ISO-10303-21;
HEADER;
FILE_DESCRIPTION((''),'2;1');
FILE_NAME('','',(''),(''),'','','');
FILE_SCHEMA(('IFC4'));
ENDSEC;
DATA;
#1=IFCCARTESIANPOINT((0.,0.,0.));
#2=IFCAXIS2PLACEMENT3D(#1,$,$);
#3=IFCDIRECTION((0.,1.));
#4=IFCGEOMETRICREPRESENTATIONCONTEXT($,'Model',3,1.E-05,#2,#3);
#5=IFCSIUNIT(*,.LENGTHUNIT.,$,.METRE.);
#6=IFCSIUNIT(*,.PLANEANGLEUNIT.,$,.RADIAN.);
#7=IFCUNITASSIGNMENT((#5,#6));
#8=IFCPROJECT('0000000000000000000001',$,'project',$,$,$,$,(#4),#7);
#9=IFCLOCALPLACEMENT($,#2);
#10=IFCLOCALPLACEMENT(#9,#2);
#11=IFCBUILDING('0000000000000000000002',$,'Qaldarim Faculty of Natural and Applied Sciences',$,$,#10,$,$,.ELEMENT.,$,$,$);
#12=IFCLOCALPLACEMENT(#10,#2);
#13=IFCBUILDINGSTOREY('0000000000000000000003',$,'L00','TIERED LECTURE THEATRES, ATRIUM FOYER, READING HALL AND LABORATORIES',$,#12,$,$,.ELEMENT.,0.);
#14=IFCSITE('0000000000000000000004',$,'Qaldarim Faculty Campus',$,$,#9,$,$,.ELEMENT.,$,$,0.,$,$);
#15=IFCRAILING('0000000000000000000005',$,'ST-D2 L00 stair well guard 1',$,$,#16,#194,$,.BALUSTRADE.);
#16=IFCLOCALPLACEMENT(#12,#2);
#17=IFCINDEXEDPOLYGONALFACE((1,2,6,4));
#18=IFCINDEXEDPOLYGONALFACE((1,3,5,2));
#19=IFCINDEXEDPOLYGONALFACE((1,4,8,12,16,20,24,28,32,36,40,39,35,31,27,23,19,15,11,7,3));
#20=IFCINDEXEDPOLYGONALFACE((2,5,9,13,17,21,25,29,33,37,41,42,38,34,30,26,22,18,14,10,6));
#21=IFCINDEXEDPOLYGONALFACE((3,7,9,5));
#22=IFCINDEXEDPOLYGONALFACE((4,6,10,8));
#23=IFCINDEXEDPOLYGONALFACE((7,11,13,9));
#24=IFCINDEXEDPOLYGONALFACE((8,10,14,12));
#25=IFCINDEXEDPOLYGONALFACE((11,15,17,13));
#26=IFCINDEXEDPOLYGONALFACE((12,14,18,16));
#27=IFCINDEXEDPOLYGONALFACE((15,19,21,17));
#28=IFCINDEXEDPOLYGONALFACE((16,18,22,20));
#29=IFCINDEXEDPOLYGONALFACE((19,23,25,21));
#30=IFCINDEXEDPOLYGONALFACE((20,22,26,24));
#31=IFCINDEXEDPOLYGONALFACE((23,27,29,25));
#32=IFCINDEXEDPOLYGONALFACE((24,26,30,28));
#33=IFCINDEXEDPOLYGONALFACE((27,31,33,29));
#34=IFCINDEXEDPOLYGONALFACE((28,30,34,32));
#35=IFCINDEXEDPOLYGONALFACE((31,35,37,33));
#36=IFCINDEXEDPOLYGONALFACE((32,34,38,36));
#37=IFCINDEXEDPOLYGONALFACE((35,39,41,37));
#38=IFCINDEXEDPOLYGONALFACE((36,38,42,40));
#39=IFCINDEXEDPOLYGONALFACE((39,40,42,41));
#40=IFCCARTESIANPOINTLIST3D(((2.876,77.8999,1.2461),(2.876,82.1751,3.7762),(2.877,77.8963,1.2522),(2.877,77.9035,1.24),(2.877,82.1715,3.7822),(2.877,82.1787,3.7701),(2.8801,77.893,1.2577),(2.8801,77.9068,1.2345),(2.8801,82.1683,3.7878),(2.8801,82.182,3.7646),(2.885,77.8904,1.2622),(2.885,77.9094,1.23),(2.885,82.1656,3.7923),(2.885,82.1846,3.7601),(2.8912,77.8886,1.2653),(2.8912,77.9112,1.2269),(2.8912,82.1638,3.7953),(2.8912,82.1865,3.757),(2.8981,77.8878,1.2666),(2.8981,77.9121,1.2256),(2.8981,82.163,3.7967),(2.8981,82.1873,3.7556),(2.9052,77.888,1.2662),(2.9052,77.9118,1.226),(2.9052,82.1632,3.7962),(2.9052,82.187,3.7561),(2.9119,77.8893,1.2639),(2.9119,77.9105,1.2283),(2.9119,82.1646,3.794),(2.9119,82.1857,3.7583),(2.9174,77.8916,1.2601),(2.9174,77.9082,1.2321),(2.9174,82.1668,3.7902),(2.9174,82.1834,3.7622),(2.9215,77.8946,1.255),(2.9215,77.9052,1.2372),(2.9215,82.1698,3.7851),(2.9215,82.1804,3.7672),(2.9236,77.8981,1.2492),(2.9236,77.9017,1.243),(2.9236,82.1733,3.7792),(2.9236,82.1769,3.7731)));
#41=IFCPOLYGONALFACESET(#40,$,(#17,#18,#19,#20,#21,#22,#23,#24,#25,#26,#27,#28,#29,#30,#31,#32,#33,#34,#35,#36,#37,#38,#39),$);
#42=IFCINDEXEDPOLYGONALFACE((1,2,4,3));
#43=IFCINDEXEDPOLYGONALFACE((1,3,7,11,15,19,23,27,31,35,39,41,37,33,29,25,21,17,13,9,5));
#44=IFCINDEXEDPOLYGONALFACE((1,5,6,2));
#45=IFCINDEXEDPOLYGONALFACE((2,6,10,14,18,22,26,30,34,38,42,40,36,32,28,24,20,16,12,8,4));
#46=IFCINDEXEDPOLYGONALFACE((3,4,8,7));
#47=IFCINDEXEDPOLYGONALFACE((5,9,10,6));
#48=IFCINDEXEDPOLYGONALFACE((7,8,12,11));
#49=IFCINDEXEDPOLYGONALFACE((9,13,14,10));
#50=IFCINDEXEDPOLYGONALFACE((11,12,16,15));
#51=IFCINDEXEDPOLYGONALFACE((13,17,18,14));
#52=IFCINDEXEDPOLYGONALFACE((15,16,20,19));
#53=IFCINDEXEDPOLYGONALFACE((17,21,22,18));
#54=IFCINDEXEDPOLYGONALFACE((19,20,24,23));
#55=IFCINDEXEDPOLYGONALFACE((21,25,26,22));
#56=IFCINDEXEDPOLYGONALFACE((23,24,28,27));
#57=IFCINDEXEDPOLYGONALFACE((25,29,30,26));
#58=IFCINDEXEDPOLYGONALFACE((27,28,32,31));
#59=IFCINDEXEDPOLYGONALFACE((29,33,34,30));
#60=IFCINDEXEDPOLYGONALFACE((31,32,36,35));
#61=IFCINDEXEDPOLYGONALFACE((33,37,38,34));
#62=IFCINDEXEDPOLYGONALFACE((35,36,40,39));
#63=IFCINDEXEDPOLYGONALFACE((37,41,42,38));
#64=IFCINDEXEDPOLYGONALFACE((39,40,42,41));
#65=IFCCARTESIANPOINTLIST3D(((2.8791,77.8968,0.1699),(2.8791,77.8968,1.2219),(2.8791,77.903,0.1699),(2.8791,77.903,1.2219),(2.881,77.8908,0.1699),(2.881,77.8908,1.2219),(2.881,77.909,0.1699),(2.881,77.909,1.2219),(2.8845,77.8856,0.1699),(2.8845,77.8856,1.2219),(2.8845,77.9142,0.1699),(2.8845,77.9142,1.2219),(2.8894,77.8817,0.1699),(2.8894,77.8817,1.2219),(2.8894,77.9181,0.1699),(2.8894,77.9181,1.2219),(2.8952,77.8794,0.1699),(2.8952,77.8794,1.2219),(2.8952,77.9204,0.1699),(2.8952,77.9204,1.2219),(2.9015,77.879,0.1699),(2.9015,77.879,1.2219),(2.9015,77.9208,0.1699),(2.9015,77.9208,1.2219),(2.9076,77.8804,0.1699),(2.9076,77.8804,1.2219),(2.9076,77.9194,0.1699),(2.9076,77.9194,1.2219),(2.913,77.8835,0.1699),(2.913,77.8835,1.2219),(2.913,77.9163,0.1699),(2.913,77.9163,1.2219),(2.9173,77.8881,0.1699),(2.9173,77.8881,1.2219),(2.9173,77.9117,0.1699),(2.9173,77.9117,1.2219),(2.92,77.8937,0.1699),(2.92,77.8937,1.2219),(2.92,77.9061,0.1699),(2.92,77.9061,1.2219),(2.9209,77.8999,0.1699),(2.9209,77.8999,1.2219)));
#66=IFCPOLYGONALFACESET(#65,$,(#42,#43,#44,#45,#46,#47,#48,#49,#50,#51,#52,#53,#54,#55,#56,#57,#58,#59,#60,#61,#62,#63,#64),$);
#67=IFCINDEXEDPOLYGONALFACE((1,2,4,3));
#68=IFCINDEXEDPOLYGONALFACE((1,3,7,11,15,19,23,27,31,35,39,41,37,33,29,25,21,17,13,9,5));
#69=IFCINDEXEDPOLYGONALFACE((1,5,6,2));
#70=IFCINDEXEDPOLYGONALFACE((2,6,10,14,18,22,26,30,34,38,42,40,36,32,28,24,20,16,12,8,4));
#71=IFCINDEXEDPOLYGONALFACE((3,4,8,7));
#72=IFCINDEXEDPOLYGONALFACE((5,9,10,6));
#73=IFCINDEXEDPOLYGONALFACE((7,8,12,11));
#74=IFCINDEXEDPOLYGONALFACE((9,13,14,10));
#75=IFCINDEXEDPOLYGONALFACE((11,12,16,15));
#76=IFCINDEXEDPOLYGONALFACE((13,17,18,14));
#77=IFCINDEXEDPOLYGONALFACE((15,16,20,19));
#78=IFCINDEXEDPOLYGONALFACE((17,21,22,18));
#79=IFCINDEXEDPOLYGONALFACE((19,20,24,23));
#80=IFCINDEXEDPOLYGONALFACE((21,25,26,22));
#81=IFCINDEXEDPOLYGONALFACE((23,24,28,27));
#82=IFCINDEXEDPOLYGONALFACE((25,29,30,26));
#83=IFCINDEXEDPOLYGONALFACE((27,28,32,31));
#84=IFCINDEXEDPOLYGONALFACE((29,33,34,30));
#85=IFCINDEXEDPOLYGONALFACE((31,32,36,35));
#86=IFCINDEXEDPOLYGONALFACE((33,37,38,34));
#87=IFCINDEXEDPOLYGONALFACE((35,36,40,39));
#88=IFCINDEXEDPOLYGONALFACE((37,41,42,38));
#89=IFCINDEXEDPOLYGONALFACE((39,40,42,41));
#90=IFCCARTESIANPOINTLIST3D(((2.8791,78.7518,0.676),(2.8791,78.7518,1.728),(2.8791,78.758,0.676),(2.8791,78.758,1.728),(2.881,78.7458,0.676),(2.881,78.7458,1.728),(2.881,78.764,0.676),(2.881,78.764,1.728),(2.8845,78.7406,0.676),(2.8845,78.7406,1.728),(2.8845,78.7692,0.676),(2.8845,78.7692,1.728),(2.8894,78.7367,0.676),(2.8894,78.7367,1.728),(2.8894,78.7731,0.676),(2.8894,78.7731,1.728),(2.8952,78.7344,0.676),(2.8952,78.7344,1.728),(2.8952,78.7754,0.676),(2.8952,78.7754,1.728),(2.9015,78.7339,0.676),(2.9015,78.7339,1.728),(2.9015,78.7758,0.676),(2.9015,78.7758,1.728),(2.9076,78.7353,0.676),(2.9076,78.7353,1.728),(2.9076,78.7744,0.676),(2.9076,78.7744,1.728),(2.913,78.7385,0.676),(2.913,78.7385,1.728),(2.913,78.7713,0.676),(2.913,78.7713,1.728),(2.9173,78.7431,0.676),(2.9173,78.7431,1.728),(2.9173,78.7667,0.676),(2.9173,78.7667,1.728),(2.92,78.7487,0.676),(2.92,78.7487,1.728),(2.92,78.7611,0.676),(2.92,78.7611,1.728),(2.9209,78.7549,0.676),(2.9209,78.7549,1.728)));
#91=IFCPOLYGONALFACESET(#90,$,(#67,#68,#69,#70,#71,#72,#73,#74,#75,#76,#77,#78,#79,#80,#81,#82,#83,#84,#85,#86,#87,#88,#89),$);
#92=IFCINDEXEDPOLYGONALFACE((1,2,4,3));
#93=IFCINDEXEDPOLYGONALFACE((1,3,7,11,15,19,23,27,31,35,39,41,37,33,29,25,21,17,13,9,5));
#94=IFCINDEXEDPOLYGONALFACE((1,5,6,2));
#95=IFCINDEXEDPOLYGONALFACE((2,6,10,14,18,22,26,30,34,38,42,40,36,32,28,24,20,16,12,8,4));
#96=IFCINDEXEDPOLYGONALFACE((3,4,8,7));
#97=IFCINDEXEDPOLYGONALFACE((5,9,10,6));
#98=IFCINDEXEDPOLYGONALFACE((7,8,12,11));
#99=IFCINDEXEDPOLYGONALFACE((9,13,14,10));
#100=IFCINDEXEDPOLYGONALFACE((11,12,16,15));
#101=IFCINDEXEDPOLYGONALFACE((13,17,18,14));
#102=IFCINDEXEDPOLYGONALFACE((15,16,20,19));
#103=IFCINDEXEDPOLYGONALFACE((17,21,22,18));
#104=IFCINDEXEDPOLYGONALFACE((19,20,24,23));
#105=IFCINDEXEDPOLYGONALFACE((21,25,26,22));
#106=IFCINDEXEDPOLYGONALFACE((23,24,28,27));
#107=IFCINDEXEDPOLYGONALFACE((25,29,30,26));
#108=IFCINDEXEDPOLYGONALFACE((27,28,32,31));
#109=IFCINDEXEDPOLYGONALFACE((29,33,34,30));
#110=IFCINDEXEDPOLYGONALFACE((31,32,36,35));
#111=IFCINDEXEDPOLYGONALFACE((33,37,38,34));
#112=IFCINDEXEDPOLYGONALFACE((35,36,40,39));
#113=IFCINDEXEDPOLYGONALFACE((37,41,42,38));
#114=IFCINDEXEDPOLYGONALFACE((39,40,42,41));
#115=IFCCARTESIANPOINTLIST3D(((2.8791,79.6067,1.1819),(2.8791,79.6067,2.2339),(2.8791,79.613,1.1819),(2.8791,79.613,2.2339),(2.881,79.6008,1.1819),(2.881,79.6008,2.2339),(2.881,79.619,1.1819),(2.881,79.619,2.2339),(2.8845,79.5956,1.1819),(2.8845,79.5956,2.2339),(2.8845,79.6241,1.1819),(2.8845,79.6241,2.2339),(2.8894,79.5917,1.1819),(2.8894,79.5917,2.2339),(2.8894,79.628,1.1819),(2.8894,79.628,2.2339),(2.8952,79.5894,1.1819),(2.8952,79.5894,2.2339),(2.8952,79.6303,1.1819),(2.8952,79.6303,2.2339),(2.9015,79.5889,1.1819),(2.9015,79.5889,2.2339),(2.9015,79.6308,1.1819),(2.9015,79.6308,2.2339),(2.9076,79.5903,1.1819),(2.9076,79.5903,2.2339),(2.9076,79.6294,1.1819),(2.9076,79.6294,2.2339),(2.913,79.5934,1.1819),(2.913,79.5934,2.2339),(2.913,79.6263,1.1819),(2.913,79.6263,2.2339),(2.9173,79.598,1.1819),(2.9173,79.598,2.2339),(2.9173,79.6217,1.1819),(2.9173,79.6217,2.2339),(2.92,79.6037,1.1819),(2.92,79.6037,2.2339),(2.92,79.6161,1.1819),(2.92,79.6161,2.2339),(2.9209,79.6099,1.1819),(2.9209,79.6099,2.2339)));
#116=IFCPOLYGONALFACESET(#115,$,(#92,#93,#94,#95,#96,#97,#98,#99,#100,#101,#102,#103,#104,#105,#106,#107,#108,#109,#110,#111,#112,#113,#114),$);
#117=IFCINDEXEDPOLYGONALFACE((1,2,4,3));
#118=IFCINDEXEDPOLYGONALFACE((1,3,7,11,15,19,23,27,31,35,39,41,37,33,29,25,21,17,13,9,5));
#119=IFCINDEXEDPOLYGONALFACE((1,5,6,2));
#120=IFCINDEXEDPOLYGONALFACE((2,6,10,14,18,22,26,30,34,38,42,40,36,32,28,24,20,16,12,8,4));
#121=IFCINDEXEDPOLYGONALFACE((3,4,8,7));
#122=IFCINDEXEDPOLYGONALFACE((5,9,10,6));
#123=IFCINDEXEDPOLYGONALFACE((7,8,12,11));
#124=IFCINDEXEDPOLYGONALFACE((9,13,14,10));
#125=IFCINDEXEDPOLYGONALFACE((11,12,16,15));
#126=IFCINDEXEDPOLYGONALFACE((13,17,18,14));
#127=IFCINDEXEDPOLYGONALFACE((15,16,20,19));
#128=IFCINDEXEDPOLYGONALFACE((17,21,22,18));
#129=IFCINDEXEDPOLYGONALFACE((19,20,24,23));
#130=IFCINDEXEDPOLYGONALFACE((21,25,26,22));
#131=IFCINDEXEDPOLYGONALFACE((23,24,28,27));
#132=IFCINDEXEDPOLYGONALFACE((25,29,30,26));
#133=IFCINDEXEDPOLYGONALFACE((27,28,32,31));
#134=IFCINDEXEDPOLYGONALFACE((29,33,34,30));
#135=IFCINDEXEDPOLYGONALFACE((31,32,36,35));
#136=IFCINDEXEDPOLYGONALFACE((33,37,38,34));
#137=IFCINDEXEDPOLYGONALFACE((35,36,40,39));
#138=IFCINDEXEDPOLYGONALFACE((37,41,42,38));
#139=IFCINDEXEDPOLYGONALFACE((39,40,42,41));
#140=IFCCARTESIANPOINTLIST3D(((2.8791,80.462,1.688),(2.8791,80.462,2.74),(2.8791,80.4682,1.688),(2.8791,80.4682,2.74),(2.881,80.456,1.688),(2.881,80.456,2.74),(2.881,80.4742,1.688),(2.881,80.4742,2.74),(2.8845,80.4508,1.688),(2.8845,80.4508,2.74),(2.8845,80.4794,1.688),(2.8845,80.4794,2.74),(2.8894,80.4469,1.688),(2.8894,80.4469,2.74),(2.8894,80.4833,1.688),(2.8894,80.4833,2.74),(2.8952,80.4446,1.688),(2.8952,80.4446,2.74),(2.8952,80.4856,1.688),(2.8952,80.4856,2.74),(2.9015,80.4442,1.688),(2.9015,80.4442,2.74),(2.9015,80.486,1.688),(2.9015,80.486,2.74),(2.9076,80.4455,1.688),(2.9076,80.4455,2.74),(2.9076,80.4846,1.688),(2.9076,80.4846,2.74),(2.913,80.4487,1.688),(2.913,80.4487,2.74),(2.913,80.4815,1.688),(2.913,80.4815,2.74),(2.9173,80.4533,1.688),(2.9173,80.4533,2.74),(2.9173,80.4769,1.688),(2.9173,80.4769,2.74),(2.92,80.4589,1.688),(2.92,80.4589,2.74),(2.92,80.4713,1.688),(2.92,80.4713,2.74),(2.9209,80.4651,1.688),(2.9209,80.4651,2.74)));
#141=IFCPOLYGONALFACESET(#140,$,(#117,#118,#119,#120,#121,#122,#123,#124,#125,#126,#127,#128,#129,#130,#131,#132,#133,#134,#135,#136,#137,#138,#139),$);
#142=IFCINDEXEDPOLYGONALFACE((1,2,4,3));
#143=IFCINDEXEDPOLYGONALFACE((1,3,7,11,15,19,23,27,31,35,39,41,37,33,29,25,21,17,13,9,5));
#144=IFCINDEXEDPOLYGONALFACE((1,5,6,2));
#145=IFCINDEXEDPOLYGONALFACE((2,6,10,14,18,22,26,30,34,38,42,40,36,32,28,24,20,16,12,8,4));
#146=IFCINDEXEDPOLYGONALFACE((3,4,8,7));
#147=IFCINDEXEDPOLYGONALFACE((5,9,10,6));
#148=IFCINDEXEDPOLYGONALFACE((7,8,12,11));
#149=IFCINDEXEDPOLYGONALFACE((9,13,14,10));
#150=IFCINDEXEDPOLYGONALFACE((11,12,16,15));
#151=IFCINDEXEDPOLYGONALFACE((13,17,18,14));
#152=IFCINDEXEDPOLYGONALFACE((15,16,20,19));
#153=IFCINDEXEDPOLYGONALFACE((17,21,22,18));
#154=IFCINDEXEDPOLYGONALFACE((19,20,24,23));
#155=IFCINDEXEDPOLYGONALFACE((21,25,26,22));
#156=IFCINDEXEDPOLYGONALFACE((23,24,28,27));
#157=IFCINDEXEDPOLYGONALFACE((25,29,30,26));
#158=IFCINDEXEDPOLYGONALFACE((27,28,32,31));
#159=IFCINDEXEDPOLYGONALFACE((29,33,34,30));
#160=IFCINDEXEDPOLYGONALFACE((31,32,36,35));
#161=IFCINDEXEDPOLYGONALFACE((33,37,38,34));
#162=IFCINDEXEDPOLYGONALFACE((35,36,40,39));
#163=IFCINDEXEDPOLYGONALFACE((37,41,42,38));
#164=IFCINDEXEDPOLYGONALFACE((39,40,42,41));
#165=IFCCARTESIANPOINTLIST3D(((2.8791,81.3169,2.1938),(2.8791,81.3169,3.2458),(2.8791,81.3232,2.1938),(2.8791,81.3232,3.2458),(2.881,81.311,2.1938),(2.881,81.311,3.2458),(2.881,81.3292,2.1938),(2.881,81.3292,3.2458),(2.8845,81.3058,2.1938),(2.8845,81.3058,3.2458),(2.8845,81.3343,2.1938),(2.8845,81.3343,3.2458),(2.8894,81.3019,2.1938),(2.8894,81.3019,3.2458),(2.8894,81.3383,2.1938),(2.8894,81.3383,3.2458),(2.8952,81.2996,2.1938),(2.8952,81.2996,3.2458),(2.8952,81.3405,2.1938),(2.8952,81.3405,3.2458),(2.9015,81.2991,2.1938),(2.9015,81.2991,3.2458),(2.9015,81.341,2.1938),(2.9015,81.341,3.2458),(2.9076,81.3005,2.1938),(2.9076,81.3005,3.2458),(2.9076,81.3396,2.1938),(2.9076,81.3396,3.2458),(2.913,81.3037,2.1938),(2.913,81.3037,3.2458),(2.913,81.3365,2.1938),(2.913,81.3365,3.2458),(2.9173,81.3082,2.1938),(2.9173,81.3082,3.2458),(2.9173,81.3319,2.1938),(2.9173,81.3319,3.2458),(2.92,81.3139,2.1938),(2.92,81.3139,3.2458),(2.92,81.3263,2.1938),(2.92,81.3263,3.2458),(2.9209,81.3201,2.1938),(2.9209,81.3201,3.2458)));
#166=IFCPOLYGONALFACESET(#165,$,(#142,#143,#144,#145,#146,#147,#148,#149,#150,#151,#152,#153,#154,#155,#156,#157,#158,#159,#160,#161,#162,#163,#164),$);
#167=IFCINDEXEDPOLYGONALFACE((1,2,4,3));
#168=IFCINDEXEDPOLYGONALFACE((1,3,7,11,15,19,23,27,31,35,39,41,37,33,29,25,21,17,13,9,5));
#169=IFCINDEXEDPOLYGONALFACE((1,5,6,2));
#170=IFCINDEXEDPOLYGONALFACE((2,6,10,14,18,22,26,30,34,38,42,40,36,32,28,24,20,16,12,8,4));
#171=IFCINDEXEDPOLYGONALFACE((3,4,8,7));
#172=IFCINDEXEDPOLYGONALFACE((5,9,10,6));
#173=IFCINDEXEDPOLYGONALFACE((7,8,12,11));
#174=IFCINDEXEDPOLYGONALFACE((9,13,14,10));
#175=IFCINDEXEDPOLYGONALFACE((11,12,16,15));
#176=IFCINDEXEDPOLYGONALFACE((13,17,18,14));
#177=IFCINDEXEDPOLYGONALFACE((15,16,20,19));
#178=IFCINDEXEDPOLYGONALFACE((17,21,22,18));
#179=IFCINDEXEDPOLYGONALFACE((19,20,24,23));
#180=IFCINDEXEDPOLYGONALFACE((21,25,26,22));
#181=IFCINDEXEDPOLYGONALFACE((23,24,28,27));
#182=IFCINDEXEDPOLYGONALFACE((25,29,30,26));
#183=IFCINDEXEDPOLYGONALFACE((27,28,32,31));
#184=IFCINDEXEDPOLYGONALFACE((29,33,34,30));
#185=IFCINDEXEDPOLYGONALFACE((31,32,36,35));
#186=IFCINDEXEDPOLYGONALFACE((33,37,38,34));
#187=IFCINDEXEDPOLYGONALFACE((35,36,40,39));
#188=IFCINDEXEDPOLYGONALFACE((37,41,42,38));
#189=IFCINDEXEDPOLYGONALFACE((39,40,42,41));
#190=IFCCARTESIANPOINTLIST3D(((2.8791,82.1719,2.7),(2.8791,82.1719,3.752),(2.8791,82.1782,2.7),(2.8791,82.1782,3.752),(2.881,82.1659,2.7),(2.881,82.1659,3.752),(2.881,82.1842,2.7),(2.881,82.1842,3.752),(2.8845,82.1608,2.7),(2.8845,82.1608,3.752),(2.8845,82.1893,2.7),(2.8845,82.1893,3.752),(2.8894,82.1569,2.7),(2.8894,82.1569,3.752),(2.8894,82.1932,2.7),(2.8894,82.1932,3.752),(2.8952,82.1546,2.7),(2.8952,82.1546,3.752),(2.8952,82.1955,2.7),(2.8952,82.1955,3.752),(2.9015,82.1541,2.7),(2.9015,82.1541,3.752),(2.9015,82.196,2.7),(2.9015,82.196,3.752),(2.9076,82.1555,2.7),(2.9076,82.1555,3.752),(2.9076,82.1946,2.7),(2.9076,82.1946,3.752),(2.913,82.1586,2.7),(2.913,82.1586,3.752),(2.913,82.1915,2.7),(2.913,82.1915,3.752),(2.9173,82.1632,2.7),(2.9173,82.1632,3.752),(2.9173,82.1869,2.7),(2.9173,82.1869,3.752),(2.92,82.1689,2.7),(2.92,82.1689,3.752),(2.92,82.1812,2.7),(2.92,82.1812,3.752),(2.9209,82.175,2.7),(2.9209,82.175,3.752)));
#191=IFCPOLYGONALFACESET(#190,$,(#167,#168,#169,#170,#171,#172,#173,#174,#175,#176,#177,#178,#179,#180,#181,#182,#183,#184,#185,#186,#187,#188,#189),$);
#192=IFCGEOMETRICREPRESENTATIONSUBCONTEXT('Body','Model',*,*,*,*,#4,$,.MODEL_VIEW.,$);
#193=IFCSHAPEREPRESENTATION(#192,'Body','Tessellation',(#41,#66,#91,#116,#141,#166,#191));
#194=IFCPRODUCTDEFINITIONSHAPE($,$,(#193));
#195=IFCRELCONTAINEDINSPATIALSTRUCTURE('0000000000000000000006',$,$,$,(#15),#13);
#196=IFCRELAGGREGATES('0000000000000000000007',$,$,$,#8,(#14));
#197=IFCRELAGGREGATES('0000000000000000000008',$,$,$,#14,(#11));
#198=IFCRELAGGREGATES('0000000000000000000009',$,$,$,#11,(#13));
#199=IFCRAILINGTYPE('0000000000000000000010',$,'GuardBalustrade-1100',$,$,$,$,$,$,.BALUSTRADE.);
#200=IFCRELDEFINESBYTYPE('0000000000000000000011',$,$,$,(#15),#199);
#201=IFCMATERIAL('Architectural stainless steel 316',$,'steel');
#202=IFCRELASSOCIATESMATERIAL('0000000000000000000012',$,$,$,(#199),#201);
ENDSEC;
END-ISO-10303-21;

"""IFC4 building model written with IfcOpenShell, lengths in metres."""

from ifc_helpers import new_model, si_unit, direction, frame, origin, origin_2d, place, context, subcontext, project, spatial, circle, extrude, material, type_object, element, save


model = new_model("IFC4")

# Units and contexts
model_context = context("Model", 3, precision=1e-05, world=origin(), true_north=direction((0.0, 1.0)))
body_context = subcontext(model_context, "Body", "Model", "MODEL_VIEW")
ifc_project = project(units=[si_unit("LENGTHUNIT", "METRE"), si_unit("PLANEANGLEUNIT", "RADIAN")], contexts=[model_context])

# Site, building, storey
site_placement = place(None, origin())
site = spatial("IfcSite", under=ifc_project, at=site_placement, Name="Qaldarim Faculty Campus", CompositionType="ELEMENT", RefElevation=0.0)
building_placement = place(site_placement, origin())
building = spatial("IfcBuilding", under=site, at=building_placement, Name="Qaldarim Faculty of Natural and Applied Sciences", CompositionType="ELEMENT")
storey_placement = place(building_placement, origin())
storey = spatial("IfcBuildingStorey", under=building, at=storey_placement, Name="L00", Description="TIERED LECTURE THEATRES, ATRIUM FOYER, READING HALL AND LABORATORIES", CompositionType="ELEMENT", Elevation=0.0)

# Railing
ifc_material_1 = material(Name="Architectural stainless steel 316", Category="steel")
railing_type_1 = type_object("IfcRailingType", Name="GuardBalustrade-1100", PredefinedType="BALUSTRADE", material=ifc_material_1)
railing_1_placement = place(storey_placement, frame((2.8999, 77.8999, 0.1699)))
element("IfcRailing", 1, at=railing_1_placement, inside=storey, type_object=railing_type_1, Name="ST-D2 L00 stair well guard 1", PredefinedType="BALUSTRADE", context=body_context, shape_type="SweptSolid", body=[
    extrude(circle(Radius=0.0239, at=origin_2d()), frame((0.0, 0.0, 1.0762), z_axis=(0.0, 0.860591, 0.509297), x_axis=(-1.0, 0.0, 0.0)), (0.0, 0.0, 1.0), 4.9678),
    extrude(circle(Radius=0.021, at=origin_2d()), origin(), (0.0, 0.0, 1.0), 1.052),
    extrude(circle(Radius=0.021, at=origin_2d()), frame((0.0, 0.855, 0.5061)), (0.0, 0.0, 1.0), 1.052),
    extrude(circle(Radius=0.021, at=origin_2d()), frame((0.0, 1.71, 1.012)), (0.0, 0.0, 1.0), 1.052),
    extrude(circle(Radius=0.021, at=origin_2d()), frame((0.0, 2.5652, 1.5181)), (0.0, 0.0, 1.0), 1.052),
    extrude(circle(Radius=0.021, at=origin_2d()), frame((0.0, 3.4202, 2.0239)), (0.0, 0.0, 1.0), 1.052),
    extrude(circle(Radius=0.021, at=origin_2d()), frame((0.0, 4.2751, 2.53)), (0.0, 0.0, 1.0), 1.052),
])

save(model, "model.ifc")
